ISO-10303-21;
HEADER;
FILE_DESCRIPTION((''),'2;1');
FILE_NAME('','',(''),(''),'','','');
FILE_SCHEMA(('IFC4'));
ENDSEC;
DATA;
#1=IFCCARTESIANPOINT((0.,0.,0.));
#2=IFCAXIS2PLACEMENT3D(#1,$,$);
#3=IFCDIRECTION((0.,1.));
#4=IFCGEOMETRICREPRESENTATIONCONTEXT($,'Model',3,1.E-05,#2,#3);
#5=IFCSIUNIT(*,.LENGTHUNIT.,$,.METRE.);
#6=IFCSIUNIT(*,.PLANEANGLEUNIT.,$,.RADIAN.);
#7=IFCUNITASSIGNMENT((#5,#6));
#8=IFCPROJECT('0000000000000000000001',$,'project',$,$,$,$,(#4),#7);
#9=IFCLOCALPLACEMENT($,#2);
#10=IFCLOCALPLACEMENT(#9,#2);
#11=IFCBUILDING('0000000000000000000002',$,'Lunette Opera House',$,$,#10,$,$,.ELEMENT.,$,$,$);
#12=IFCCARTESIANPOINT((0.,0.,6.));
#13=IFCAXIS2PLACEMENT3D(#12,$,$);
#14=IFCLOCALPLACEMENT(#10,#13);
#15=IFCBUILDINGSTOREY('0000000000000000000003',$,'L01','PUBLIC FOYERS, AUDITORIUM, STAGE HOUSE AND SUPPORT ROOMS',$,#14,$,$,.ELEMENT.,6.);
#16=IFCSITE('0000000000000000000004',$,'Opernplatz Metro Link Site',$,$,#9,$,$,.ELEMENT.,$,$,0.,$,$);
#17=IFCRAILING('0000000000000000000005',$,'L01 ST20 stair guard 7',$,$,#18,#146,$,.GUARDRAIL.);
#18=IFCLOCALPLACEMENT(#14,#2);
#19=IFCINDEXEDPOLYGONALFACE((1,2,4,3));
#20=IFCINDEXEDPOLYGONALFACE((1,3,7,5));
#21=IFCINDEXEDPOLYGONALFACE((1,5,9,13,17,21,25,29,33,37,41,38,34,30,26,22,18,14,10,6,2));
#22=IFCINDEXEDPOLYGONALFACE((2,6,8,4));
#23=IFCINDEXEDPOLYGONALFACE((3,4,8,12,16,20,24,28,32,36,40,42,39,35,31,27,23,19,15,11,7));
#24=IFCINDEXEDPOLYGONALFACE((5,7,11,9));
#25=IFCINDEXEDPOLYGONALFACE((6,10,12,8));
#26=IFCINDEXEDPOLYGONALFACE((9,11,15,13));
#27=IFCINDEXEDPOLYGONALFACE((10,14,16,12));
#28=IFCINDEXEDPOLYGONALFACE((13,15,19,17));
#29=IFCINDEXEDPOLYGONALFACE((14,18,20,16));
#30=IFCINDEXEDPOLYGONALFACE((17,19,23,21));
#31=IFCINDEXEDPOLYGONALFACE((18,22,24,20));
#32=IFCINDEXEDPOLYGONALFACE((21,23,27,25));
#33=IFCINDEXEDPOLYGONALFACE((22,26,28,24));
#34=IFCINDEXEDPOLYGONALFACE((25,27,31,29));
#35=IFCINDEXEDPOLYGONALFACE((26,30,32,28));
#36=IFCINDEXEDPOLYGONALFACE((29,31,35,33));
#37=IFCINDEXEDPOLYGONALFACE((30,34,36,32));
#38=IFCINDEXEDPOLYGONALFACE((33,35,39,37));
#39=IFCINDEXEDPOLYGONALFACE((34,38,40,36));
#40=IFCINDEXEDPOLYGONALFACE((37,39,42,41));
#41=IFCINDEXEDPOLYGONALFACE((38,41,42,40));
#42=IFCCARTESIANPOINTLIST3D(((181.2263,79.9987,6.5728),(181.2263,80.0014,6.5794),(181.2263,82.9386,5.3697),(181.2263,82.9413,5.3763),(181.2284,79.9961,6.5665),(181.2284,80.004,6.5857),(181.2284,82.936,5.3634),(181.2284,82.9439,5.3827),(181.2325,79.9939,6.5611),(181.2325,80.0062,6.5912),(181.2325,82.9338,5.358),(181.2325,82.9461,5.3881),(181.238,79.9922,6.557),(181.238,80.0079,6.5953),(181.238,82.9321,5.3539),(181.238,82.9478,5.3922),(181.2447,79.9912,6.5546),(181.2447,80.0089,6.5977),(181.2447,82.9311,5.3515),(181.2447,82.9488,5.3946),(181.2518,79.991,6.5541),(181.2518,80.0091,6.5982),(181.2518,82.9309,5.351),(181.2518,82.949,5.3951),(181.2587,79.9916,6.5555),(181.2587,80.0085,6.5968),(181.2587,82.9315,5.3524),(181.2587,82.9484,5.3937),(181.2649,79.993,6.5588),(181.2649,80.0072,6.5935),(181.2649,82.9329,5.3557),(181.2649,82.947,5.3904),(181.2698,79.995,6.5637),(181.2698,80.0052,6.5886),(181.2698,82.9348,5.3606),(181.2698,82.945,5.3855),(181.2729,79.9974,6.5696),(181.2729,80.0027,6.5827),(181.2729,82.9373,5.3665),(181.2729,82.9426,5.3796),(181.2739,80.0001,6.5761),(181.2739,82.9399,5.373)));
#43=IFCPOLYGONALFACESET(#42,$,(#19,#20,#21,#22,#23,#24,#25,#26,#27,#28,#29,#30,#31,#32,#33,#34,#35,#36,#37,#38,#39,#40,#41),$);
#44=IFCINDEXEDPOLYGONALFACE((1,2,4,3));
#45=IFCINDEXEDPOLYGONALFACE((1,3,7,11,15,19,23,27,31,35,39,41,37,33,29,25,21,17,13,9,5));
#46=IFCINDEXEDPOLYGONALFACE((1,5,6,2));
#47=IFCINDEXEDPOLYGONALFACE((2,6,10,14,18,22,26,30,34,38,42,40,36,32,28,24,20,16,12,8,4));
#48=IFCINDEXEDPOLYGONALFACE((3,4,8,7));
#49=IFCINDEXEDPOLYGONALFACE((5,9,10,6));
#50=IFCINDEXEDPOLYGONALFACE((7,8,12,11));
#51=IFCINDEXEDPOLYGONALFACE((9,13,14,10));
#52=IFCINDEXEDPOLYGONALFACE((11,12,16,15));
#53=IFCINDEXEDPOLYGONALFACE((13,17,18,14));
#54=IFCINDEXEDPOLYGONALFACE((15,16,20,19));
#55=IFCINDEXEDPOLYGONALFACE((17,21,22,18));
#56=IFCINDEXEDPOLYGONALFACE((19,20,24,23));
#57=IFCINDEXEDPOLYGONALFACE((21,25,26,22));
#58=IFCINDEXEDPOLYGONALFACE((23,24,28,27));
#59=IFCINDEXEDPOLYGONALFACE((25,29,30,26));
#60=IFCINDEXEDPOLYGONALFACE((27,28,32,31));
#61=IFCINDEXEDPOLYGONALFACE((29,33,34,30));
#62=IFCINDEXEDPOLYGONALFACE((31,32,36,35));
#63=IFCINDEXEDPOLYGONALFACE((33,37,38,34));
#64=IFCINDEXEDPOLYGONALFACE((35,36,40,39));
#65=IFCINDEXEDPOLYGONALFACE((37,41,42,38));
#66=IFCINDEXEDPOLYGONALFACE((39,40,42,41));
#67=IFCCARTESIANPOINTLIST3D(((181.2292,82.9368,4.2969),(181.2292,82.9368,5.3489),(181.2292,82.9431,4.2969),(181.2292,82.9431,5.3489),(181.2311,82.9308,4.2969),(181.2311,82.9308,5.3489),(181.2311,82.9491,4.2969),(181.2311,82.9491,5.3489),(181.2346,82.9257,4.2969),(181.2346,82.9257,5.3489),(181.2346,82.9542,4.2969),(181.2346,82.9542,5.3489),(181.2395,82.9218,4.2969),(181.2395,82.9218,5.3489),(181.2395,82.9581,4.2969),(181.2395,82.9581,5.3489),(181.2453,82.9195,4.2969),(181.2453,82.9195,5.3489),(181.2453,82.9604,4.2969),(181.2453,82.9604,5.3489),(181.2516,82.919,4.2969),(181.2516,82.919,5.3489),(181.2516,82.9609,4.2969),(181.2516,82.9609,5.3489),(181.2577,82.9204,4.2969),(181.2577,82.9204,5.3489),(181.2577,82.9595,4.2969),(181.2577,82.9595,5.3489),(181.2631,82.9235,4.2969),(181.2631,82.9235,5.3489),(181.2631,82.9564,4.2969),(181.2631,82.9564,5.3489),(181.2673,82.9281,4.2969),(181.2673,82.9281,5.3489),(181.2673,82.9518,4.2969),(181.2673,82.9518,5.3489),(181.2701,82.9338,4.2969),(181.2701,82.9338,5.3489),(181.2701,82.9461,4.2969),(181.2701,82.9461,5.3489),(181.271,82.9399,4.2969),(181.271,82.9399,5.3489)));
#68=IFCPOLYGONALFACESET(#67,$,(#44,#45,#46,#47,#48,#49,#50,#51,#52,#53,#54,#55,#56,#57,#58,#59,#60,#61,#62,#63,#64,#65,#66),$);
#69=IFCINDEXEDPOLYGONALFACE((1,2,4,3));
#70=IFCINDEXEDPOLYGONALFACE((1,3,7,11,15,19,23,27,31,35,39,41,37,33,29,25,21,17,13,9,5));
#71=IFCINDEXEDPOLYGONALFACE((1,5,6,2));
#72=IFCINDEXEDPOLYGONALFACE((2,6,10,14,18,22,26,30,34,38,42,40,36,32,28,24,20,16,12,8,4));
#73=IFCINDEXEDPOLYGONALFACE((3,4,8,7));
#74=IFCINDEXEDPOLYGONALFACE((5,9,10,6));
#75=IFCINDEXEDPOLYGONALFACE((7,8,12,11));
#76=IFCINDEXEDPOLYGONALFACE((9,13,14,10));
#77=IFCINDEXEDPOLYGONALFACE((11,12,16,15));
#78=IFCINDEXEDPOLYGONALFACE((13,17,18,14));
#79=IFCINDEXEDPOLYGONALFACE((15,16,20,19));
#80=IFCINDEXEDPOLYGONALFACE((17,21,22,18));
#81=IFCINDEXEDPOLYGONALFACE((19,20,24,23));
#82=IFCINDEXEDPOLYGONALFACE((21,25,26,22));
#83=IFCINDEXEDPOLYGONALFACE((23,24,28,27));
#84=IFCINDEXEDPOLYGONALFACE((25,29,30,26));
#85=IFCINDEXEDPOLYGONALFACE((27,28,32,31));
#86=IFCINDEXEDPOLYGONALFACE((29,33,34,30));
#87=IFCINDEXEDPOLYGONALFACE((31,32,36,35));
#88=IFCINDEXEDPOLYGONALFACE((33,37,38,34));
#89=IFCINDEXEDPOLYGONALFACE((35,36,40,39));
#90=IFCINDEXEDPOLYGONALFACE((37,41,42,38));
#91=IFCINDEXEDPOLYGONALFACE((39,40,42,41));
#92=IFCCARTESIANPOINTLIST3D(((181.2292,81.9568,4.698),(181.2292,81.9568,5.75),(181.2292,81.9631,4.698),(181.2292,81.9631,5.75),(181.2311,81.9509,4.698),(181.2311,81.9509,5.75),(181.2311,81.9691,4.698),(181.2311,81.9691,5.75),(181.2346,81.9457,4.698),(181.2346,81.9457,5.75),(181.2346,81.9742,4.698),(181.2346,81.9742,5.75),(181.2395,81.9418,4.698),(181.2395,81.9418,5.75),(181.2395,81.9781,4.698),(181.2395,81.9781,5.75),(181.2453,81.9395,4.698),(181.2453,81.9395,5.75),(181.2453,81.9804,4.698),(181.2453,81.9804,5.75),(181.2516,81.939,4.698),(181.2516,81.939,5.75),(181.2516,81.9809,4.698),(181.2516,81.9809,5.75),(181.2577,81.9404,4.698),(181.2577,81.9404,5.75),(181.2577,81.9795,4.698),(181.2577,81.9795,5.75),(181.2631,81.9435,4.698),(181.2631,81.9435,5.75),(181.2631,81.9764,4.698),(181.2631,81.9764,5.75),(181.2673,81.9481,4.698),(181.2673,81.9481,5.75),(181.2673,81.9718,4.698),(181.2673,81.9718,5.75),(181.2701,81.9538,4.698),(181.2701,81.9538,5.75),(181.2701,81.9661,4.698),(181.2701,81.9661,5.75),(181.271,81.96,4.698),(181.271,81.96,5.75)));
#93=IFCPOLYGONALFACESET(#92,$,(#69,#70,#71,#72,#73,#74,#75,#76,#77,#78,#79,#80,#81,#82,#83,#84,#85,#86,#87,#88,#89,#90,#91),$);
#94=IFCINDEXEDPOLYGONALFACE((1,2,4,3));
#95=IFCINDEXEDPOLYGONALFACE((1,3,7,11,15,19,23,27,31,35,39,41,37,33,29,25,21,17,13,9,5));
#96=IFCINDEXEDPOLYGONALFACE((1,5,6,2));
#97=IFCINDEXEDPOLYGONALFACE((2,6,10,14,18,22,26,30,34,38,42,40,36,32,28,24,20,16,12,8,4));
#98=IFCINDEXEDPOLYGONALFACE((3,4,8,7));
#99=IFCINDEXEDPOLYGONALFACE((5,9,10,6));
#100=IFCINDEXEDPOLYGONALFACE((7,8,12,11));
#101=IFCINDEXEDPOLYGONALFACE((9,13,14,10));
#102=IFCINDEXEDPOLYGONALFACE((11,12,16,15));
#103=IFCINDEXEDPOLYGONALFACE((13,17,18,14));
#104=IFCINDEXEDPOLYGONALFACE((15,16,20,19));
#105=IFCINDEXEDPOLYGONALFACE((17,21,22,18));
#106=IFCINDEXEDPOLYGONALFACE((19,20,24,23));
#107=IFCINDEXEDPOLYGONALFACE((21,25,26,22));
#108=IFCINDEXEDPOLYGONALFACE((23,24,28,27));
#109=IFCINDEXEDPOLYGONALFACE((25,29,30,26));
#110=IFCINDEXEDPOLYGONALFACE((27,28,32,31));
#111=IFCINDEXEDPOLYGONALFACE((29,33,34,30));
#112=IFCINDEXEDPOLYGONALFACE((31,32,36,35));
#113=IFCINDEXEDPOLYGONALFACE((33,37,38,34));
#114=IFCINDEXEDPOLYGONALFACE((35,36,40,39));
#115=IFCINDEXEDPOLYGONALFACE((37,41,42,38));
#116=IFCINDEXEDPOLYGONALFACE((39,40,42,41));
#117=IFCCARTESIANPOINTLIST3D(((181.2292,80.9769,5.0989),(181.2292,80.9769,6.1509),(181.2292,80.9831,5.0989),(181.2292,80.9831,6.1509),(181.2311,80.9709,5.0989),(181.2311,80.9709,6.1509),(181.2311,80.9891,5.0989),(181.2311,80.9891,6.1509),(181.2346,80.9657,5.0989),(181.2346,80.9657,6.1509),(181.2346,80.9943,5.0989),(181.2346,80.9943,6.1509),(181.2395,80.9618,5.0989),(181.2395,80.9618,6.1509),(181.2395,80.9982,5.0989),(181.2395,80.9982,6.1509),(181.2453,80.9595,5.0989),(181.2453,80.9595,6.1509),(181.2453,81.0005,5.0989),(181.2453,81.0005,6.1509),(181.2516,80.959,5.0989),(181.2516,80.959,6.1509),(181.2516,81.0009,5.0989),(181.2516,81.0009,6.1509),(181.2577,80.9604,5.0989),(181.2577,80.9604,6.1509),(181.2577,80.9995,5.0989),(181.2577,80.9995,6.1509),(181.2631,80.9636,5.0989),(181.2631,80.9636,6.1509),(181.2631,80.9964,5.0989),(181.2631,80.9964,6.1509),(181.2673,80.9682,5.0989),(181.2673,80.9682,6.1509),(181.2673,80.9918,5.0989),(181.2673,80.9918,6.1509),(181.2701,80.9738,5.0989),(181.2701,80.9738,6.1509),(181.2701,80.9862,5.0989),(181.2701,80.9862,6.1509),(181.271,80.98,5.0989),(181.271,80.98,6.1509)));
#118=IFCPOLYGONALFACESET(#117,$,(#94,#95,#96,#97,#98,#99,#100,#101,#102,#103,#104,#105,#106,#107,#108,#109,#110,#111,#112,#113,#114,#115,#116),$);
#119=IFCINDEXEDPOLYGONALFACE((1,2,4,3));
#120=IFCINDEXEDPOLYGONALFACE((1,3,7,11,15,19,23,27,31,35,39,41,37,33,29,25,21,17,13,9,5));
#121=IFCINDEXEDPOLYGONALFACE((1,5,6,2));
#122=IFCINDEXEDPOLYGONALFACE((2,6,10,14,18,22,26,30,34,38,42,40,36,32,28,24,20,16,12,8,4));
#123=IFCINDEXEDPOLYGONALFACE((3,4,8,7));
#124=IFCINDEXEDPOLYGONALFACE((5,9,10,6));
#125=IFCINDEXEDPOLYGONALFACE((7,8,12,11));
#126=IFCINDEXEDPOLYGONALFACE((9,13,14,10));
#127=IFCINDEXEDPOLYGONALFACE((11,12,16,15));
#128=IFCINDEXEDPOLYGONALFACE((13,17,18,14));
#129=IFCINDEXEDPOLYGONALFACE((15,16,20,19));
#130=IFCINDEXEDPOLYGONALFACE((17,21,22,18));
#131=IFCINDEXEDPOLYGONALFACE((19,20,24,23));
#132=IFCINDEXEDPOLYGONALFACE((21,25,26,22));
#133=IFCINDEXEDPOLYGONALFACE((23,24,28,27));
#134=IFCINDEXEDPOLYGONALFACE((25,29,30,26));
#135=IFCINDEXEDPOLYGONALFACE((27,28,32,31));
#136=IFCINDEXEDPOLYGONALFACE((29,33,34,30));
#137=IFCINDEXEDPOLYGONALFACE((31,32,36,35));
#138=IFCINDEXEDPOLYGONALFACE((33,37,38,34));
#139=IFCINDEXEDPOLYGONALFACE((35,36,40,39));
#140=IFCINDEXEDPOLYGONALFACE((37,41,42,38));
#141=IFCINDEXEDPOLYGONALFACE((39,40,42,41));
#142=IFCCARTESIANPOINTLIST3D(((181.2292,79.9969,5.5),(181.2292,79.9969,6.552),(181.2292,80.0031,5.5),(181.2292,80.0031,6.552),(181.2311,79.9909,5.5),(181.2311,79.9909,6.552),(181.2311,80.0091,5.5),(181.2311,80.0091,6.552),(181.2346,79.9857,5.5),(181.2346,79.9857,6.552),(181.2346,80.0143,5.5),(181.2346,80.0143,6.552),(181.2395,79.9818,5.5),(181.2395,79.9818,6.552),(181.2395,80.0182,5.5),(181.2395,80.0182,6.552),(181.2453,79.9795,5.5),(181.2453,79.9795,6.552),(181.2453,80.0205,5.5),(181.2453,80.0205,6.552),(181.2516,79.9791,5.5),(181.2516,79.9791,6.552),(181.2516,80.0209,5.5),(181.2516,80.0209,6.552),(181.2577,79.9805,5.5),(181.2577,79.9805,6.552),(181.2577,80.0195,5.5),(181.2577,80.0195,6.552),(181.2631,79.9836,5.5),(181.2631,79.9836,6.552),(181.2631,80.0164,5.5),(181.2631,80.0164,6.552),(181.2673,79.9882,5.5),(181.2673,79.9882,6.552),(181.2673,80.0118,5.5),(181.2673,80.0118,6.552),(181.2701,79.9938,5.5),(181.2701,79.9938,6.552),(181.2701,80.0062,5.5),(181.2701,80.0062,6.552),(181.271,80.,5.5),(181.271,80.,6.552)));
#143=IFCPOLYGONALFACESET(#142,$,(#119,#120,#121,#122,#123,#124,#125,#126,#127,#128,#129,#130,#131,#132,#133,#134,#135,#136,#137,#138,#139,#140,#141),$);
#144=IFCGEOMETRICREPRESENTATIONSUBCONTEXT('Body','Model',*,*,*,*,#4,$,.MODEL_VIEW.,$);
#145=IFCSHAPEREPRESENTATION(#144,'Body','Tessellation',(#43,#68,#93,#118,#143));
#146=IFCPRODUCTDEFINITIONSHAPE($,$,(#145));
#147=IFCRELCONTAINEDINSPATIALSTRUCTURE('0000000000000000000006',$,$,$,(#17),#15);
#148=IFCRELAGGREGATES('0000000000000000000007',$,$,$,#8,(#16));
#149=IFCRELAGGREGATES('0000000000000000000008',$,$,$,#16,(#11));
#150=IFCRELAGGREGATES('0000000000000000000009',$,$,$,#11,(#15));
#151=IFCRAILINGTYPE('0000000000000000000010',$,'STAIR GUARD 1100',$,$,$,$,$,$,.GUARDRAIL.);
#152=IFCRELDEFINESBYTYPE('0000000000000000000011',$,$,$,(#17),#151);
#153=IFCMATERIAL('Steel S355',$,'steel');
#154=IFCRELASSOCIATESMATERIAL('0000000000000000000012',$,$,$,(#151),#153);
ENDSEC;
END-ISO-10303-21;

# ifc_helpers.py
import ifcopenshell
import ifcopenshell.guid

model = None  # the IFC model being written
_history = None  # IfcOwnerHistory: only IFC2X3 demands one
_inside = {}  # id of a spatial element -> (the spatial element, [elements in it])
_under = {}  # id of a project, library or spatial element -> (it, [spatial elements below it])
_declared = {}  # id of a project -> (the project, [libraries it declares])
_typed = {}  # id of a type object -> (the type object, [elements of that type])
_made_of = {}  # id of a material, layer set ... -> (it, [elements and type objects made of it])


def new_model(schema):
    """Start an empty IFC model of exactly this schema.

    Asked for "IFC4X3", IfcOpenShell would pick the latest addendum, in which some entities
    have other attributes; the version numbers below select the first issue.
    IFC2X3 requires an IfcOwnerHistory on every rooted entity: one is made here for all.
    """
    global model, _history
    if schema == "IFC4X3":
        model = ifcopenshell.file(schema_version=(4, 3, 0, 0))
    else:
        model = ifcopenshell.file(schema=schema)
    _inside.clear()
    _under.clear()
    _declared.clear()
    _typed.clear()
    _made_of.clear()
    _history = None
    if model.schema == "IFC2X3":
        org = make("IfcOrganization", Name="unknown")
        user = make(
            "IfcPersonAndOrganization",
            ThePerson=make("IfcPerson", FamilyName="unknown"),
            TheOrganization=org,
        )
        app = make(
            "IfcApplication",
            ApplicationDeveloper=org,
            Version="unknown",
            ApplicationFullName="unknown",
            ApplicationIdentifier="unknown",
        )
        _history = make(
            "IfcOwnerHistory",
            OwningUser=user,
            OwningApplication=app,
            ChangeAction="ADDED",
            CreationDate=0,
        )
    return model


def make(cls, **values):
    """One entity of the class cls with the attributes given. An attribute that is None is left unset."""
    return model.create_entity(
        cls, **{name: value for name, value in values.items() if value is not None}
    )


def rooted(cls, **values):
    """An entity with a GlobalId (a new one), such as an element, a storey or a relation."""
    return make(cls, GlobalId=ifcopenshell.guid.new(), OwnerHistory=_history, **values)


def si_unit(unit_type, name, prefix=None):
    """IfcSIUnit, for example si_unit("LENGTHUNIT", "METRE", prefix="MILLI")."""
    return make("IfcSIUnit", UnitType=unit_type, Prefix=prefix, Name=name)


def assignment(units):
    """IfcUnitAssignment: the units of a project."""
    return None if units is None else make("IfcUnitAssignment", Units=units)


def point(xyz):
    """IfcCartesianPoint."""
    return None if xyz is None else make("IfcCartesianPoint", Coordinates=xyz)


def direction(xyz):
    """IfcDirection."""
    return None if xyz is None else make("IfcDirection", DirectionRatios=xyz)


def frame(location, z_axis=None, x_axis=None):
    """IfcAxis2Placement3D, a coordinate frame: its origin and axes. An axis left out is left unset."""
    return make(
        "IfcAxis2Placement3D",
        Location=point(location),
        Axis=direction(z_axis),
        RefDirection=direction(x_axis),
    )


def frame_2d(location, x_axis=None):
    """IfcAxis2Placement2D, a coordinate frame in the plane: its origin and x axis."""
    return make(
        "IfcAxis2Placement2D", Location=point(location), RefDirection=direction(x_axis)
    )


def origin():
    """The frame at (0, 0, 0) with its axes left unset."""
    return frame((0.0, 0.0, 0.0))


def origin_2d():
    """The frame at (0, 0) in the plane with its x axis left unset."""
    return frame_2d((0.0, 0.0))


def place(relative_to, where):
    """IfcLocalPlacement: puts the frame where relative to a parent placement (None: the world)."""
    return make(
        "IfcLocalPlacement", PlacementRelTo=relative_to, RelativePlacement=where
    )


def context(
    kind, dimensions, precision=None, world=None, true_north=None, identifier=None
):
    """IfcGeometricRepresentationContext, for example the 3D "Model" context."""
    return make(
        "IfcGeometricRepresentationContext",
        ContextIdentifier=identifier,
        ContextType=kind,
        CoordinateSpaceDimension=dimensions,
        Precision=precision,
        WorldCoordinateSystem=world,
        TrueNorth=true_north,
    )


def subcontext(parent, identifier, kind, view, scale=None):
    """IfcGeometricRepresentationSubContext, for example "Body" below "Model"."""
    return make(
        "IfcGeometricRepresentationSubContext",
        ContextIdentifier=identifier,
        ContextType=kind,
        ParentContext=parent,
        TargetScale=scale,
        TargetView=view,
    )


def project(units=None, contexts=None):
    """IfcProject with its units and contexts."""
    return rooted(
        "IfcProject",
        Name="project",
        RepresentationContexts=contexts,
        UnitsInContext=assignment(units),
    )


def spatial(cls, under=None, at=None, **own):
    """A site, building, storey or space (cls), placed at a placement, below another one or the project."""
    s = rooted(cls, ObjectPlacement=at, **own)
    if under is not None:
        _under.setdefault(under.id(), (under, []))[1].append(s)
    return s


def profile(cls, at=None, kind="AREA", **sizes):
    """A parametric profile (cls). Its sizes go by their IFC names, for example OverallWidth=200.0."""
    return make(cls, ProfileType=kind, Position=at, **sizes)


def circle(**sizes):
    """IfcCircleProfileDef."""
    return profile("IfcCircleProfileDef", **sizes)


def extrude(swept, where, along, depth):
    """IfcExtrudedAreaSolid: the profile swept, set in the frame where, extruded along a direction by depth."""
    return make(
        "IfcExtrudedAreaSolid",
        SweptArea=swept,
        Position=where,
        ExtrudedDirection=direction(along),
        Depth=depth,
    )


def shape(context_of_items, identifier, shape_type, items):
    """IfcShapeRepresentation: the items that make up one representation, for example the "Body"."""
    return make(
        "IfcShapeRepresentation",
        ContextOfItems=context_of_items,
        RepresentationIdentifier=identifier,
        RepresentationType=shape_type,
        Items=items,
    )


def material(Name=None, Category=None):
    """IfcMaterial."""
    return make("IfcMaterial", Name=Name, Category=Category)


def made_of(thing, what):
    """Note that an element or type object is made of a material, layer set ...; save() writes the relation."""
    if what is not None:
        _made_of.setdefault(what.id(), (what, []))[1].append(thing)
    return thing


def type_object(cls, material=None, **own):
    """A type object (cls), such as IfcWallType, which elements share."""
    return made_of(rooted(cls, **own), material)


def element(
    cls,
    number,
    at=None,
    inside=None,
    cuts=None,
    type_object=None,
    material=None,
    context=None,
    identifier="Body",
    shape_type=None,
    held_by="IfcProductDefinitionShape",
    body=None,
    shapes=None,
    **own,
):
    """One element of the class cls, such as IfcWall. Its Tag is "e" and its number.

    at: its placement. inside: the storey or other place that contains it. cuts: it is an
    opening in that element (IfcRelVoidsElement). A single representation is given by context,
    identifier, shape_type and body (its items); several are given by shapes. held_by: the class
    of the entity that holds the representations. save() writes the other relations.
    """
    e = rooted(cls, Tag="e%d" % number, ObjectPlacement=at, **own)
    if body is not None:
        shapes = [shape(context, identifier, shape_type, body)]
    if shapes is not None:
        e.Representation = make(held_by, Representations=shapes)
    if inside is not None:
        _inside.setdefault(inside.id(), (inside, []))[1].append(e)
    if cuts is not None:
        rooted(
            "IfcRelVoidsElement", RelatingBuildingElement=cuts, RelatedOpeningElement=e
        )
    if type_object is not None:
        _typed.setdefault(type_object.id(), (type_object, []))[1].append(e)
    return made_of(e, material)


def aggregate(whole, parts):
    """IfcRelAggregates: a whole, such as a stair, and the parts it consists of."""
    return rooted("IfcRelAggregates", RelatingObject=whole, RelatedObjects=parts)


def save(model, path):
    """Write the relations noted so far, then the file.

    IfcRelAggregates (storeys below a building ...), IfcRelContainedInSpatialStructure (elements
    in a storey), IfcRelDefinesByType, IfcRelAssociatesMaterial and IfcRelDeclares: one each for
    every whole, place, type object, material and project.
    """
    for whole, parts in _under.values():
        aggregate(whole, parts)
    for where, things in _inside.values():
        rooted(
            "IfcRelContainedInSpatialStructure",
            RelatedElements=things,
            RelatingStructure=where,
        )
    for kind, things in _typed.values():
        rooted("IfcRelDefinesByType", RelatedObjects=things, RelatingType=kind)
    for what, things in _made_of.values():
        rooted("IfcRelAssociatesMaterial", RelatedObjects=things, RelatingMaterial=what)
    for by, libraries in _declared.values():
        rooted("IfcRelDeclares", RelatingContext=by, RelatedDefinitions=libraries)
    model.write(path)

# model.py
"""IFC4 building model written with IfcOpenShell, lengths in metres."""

from ifc_helpers import new_model, si_unit, direction, frame, origin, origin_2d, place, context, subcontext, project, spatial, circle, extrude, material, type_object, element, save


model = new_model("IFC4")

# Units and contexts
model_context = context("Model", 3, precision=1e-05, world=origin(), true_north=direction((0.0, 1.0)))
body_context = subcontext(model_context, "Body", "Model", "MODEL_VIEW")
ifc_project = project(units=[si_unit("LENGTHUNIT", "METRE"), si_unit("PLANEANGLEUNIT", "RADIAN")], contexts=[model_context])

# Site, building, storey
site_placement = place(None, origin())
site = spatial("IfcSite", under=ifc_project, at=site_placement, Name="Opernplatz Metro Link Site", CompositionType="ELEMENT", RefElevation=0.0)
building_placement = place(site_placement, origin())
building = spatial("IfcBuilding", under=site, at=building_placement, Name="Lunette Opera House", CompositionType="ELEMENT")
storey_placement = place(building_placement, frame((0.0, 0.0, 6.0)))
storey = spatial("IfcBuildingStorey", under=building, at=storey_placement, Name="L01", Description="PUBLIC FOYERS, AUDITORIUM, STAGE HOUSE AND SUPPORT ROOMS", CompositionType="ELEMENT", Elevation=6.0)

# Railing
ifc_material_1 = material(Name="Steel S355", Category="steel")
railing_type_1 = type_object("IfcRailingType", Name="STAIR GUARD 1100", PredefinedType="GUARDRAIL", material=ifc_material_1)
railing_1_placement = place(storey_placement, frame((181.25, 82.9399, 4.2969)))
element("IfcRailing", 1, at=railing_1_placement, inside=storey, type_object=railing_type_1, Name="L01 ST20 stair guard 7", PredefinedType="GUARDRAIL", context=body_context, shape_type="SweptSolid", body=[
    extrude(circle(Radius=0.0239, at=origin_2d()), frame((0.0, 0.0, 1.0762), z_axis=(0.0, -0.9255, 0.378747), x_axis=(1.0, 0.0, 0.0)), (0.0, 0.0, 1.0), 3.1765),
    extrude(circle(Radius=0.021, at=origin_2d()), origin(), (0.0, 0.0, 1.0), 1.052),
    extrude(circle(Radius=0.021, at=origin_2d()), frame((0.0, -0.98, 0.4011)), (0.0, 0.0, 1.0), 1.052),
    extrude(circle(Radius=0.021, at=origin_2d()), frame((0.0, -1.96, 0.802)), (0.0, 0.0, 1.0), 1.052),
    extrude(circle(Radius=0.021, at=origin_2d()), frame((0.0, -2.9399, 1.2031)), (0.0, 0.0, 1.0), 1.052),
])

save(model, "model.ifc")
